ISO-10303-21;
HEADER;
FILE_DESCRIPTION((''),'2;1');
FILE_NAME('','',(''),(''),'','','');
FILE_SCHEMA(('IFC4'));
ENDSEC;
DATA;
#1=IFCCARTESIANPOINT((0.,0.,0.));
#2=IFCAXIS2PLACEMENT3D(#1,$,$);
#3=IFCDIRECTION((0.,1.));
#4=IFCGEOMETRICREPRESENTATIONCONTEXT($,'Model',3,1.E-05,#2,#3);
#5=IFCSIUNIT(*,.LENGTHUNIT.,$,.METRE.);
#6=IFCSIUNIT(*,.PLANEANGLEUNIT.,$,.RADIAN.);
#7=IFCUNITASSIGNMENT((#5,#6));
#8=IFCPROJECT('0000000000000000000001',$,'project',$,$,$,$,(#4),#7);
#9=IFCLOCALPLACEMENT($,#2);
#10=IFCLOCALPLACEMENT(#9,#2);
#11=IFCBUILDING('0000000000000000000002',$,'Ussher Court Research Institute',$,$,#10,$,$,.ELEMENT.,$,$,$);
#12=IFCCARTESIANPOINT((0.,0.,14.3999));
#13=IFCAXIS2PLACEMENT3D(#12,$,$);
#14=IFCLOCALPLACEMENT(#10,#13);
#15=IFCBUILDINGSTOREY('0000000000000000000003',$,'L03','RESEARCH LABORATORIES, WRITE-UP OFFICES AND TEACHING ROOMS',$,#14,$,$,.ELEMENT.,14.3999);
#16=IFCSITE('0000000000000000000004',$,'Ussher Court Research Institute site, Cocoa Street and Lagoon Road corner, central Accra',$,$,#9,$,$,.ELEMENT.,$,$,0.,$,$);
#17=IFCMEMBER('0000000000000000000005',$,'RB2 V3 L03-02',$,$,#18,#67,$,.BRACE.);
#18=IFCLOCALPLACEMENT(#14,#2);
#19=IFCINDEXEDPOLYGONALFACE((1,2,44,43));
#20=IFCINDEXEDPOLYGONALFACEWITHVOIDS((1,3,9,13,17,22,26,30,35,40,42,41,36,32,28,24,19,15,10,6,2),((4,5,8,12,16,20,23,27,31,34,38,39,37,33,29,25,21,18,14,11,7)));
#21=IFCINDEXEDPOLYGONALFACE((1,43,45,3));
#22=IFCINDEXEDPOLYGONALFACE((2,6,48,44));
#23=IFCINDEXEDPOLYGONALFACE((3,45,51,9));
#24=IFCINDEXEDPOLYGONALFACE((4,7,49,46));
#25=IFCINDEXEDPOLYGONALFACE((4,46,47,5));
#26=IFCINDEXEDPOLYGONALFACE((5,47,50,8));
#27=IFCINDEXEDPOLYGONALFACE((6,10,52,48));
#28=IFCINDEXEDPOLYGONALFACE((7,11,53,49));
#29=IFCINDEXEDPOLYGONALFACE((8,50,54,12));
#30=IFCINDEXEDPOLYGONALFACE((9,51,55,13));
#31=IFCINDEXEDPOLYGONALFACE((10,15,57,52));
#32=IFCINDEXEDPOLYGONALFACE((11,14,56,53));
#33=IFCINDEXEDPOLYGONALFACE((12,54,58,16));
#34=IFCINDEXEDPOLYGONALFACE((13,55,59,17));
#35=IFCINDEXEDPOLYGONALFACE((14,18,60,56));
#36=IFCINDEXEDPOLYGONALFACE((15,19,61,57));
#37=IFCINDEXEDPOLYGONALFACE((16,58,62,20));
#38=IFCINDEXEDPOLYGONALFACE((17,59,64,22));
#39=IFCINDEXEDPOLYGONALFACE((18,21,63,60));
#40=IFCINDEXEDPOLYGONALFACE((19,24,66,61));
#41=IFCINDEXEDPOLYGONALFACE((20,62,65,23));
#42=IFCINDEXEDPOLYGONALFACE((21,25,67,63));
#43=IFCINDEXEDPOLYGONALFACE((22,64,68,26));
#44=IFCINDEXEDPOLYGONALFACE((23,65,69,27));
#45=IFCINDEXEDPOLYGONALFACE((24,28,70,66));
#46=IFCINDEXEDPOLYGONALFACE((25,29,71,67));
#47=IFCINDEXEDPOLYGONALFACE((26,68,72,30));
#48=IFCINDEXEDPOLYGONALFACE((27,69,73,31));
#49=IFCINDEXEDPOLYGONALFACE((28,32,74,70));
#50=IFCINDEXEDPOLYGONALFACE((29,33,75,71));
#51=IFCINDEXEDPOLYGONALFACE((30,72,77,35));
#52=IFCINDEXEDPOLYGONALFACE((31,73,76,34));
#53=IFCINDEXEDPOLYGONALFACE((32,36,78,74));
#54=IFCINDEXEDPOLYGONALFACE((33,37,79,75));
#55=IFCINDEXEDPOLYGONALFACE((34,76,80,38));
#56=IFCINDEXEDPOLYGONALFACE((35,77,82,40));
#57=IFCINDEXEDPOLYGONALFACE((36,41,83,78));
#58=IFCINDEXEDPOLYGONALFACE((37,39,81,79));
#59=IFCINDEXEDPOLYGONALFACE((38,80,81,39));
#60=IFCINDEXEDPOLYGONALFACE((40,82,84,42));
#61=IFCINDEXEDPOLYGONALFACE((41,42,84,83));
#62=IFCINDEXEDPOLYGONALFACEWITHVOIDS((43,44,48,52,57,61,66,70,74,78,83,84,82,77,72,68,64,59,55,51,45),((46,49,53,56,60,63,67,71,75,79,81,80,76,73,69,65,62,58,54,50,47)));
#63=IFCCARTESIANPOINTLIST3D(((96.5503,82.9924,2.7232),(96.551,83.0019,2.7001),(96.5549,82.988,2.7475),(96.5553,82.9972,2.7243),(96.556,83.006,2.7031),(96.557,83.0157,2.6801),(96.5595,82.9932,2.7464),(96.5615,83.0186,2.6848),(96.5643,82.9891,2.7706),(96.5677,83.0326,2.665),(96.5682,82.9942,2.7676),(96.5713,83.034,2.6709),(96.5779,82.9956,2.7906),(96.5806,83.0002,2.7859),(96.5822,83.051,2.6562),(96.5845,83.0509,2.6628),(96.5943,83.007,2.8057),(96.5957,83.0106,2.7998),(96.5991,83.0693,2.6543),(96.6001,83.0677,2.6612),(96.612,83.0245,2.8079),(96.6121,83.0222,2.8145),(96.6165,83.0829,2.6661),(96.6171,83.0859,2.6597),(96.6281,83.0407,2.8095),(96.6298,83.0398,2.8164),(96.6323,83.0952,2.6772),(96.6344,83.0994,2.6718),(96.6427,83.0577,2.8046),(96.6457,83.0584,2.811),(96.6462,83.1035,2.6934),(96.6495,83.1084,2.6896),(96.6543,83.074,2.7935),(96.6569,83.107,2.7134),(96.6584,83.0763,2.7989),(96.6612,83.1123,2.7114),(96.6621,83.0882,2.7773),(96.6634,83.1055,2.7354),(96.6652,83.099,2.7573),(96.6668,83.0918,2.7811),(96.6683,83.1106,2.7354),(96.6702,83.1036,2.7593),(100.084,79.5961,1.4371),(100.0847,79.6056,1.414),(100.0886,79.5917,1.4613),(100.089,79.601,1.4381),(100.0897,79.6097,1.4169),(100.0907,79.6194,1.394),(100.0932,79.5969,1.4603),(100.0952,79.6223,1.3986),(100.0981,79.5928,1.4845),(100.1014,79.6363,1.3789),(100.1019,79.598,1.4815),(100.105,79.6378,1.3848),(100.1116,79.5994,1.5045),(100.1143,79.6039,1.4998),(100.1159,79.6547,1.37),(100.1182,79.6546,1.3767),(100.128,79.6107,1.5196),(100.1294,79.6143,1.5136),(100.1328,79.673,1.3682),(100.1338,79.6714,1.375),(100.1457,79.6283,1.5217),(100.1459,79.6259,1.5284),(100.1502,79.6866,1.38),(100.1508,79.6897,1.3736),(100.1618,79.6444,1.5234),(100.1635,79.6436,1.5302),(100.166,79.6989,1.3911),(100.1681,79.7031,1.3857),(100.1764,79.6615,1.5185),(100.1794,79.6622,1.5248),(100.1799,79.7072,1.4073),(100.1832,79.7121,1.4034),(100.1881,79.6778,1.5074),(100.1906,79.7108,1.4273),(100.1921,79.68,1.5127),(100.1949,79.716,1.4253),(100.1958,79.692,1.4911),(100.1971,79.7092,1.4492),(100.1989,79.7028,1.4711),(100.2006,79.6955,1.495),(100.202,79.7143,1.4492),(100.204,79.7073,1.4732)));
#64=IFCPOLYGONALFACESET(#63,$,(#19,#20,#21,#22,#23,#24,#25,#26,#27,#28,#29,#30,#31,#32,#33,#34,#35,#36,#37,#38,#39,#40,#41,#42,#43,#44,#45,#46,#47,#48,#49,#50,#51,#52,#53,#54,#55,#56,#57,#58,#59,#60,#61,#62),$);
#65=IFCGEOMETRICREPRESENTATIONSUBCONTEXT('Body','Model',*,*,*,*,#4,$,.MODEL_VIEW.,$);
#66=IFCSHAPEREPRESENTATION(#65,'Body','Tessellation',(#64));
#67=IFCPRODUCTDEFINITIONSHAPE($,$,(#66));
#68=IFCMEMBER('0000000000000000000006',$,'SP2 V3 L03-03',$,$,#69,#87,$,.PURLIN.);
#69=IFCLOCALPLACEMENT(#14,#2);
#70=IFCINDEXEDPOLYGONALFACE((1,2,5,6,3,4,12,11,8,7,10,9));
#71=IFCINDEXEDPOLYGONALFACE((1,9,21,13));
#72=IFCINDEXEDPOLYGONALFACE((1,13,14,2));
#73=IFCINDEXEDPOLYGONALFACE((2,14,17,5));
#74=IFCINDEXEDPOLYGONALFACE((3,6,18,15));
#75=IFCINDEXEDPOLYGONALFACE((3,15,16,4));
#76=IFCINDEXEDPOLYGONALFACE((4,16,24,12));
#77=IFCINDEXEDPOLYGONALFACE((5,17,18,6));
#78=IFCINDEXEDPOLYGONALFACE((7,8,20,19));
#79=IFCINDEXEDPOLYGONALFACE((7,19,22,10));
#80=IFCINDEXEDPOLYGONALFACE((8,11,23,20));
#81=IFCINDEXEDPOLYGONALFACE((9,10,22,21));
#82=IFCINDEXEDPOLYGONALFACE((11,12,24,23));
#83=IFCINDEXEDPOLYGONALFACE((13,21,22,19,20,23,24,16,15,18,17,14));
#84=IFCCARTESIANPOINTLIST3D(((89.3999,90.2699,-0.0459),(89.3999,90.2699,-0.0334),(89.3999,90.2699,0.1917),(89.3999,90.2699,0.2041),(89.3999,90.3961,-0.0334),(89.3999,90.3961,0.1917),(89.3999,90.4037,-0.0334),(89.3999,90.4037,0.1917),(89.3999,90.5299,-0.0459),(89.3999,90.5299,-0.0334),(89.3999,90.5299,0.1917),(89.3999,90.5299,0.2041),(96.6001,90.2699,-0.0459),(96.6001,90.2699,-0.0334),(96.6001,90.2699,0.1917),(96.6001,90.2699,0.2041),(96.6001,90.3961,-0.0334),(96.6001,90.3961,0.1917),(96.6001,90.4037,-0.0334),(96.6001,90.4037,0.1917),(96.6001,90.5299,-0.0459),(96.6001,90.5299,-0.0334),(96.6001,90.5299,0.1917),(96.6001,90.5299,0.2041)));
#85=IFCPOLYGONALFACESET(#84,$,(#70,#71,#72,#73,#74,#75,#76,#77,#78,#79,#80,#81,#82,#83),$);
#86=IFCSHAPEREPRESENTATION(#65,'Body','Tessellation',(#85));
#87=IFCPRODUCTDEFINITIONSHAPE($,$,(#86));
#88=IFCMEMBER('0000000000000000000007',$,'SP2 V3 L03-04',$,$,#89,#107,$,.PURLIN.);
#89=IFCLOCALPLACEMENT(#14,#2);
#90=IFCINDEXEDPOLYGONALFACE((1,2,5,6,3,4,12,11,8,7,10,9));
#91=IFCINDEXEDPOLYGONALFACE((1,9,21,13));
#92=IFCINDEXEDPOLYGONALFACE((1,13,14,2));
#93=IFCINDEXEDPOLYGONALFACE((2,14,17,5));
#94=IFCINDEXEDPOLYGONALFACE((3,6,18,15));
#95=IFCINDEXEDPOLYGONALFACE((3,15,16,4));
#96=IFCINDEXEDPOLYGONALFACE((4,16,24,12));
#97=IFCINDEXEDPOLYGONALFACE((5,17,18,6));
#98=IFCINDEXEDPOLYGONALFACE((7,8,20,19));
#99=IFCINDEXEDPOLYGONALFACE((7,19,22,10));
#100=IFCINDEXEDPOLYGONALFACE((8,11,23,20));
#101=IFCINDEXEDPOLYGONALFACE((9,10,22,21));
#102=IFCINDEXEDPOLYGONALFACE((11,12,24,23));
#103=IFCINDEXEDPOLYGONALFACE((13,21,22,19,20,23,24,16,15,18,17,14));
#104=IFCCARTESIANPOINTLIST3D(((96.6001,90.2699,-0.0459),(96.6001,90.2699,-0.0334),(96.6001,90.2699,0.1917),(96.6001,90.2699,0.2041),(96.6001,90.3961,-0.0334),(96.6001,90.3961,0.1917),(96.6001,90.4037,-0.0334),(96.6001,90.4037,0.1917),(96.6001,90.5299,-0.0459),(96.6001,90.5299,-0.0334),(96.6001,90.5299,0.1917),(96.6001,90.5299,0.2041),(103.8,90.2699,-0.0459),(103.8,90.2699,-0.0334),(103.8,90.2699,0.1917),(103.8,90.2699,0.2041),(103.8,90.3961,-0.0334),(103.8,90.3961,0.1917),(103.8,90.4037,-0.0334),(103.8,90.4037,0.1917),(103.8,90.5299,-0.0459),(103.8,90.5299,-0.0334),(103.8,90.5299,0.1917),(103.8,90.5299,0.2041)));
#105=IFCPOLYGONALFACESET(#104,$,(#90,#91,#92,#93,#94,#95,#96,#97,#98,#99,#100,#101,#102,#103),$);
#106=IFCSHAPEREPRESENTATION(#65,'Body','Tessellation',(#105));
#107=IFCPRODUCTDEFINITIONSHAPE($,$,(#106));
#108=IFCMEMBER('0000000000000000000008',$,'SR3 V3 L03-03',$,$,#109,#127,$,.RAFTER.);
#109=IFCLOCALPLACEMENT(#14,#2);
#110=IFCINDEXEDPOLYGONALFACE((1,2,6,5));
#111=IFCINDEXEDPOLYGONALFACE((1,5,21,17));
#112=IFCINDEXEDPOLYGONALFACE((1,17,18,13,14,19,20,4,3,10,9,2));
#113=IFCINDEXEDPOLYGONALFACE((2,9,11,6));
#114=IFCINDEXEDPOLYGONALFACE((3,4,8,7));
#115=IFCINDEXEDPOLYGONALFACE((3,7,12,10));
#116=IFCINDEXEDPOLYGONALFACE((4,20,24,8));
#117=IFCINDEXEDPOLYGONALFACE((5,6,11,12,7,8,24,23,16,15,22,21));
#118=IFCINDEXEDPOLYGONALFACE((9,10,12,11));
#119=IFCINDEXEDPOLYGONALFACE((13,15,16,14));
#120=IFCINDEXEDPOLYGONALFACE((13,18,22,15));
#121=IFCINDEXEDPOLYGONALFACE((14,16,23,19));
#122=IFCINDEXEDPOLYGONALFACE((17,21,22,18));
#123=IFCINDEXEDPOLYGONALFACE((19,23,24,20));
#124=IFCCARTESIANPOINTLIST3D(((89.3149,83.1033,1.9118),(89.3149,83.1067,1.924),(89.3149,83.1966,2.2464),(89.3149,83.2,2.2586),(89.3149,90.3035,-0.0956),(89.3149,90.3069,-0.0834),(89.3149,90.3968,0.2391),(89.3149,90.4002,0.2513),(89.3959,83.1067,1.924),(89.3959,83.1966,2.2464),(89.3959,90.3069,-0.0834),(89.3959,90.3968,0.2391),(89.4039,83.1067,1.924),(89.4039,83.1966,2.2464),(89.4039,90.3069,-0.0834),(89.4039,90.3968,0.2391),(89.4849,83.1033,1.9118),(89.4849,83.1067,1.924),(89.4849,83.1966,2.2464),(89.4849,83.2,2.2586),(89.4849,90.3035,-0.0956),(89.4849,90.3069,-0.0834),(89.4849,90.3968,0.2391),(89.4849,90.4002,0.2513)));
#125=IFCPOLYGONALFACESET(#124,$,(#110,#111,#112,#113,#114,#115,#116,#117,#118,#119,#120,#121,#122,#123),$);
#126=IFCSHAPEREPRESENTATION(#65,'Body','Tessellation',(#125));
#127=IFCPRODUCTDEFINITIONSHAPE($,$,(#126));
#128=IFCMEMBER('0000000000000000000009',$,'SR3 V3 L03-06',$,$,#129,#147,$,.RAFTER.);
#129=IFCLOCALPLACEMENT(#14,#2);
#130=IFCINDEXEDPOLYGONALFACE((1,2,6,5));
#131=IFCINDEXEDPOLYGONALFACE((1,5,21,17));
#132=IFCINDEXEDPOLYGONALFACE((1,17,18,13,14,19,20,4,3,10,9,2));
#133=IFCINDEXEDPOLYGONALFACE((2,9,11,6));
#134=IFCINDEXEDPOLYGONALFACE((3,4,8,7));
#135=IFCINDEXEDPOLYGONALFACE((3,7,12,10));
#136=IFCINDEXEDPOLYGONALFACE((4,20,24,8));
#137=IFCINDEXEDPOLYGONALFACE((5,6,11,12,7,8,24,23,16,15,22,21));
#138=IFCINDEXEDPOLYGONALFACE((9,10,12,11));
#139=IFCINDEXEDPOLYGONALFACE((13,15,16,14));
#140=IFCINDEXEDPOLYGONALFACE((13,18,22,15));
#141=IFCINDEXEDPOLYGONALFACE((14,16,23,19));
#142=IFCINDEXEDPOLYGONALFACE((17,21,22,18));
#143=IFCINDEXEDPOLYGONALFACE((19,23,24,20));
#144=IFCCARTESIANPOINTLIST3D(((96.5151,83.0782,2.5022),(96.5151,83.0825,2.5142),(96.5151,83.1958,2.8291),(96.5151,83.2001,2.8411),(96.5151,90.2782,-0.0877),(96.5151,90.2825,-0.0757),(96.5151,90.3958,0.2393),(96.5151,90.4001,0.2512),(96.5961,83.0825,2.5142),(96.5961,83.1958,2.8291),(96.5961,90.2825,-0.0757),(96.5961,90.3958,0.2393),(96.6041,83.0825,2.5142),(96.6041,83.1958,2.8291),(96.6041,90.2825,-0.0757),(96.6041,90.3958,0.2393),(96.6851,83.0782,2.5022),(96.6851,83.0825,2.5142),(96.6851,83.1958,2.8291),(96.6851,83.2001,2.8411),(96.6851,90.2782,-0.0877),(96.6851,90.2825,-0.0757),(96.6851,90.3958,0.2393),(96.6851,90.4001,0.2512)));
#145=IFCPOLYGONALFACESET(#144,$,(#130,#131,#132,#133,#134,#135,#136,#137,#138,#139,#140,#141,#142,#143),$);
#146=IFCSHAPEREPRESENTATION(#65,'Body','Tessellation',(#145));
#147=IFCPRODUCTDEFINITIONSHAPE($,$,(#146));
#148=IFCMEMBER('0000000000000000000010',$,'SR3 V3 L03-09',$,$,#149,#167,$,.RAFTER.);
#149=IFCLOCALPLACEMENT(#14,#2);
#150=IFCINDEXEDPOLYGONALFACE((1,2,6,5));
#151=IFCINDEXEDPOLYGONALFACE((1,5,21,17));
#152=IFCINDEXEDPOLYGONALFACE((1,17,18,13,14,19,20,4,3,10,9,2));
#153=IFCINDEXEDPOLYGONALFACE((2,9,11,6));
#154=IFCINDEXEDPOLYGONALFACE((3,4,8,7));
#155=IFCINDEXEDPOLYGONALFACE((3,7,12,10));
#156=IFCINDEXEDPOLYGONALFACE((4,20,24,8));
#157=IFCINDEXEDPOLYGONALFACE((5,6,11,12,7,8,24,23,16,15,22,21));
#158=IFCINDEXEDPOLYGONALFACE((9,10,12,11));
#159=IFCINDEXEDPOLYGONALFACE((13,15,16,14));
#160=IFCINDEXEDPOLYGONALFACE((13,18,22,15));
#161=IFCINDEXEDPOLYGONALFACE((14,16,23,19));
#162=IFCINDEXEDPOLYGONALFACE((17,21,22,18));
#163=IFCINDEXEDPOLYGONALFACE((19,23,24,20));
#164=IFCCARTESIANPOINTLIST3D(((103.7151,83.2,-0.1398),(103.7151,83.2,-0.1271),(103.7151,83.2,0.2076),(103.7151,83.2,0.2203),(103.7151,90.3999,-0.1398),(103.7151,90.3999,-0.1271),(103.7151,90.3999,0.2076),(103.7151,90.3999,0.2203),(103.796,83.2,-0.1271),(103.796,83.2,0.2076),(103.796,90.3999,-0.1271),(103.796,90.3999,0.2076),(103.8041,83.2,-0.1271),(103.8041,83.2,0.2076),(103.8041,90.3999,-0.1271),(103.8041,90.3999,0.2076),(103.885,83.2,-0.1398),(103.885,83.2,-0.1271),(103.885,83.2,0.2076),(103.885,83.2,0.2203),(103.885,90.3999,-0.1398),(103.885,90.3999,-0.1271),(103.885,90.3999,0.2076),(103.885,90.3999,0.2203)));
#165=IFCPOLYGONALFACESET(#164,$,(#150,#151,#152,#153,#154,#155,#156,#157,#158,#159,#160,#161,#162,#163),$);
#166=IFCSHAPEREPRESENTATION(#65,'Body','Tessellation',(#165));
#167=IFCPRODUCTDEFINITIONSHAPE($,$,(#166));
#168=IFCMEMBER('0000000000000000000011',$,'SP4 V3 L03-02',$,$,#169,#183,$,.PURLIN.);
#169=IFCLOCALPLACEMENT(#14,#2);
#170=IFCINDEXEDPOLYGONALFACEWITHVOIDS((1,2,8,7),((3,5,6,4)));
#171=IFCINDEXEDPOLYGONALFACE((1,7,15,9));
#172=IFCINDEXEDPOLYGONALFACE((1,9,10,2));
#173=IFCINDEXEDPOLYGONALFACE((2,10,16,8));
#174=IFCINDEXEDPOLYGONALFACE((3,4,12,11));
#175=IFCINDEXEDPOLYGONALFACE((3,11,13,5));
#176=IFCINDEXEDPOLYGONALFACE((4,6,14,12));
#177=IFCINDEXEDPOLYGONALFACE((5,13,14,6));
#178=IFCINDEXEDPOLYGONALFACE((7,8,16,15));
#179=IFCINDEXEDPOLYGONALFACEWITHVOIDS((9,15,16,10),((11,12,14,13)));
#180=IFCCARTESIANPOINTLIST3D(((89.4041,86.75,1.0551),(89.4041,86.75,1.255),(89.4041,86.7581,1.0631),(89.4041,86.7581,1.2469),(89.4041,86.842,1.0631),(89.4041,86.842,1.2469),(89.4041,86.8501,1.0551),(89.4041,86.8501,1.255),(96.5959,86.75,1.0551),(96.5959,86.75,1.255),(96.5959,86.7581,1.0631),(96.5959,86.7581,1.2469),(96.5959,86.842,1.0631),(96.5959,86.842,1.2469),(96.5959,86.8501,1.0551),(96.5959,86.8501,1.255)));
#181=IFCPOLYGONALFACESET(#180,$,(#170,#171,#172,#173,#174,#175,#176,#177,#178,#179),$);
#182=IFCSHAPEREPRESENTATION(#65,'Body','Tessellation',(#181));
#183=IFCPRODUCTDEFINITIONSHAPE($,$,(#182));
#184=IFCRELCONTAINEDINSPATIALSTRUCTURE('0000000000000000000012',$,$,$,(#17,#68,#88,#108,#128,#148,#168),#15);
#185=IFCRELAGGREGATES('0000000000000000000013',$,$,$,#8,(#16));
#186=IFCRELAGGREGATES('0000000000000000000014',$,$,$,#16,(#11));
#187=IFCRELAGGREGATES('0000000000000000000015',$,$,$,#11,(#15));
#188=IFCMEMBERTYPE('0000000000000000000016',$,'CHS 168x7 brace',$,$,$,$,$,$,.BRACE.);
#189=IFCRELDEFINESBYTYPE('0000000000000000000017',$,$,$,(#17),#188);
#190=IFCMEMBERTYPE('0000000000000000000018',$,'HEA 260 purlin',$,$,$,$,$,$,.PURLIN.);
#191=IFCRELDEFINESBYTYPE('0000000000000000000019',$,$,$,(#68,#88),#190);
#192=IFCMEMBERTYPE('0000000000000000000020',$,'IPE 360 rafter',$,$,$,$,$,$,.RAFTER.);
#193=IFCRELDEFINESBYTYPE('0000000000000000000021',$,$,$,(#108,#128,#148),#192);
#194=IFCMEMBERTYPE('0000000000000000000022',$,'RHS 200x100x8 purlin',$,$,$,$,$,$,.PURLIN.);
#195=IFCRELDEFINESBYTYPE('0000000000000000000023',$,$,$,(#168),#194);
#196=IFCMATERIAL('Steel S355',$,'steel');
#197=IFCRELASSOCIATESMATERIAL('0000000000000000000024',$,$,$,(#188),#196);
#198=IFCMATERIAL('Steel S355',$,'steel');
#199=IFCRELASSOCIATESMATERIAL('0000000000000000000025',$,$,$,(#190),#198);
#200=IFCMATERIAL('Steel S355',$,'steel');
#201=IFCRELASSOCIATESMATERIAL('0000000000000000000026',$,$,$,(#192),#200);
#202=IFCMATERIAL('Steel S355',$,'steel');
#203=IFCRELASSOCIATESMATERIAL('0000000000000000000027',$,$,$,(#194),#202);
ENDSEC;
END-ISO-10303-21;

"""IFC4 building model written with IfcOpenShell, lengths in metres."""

from ifc_helpers import new_model, si_unit, direction, frame, origin, origin_2d, place, context, subcontext, project, spatial, hollow_rectangle, hollow_circle, i_section, extrude, material, material_profile, profile_set, type_object, element, save


model = new_model("IFC4")

# Units and contexts
model_context = context("Model", 3, precision=1e-05, world=origin(), true_north=direction((0.0, 1.0)))
body_context = subcontext(model_context, "Body", "Model", "MODEL_VIEW")
ifc_project = project(units=[si_unit("LENGTHUNIT", "METRE"), si_unit("PLANEANGLEUNIT", "RADIAN")], contexts=[model_context])

# Site, building, storey
site_placement = place(None, origin())
site = spatial("IfcSite", under=ifc_project, at=site_placement, Name="Ussher Court Research Institute site, Cocoa Street and Lagoon Road corner, central Accra", CompositionType="ELEMENT", RefElevation=0.0)
building_placement = place(site_placement, origin())
building = spatial("IfcBuilding", under=site, at=building_placement, Name="Ussher Court Research Institute", CompositionType="ELEMENT")
storey_placement = place(building_placement, frame((0.0, 0.0, 14.3999)))
storey = spatial("IfcBuildingStorey", under=building, at=storey_placement, Name="L03", Description="RESEARCH LABORATORIES, WRITE-UP OFFICES AND TEACHING ROOMS", CompositionType="ELEMENT", Elevation=14.3999)

# Members
ifc_material_1 = material(Name="Steel S355", Category="steel")
ifc_material_profile_1 = material_profile(ifc_material_1, hollow_circle(Radius=0.084, WallThickness=0.0071, at=origin_2d()), Name="CHS 168x7")
ifc_profile_set_1 = profile_set([ifc_material_profile_1], Name="Steel S355")
member_type_1 = type_object("IfcMemberType", Name="CHS 168x7 brace", PredefinedType="BRACE", material=ifc_profile_set_1)
member_1_placement = place(storey_placement, frame((96.6101, 83.05, 2.7354), z_axis=(0.697379, -0.670252, -0.25382), x_axis=(0.692945, 0.72099, 0.0)))
element("IfcMember", 1, at=member_1_placement, inside=storey, type_object=member_type_1, Name="RB2 V3 L03-02", PredefinedType="BRACE", context=body_context, shape_type="SweptSolid", body=[
    extrude(hollow_circle(Radius=0.084, WallThickness=0.0071, at=origin_2d()), origin(), (0.0, 0.0, 1.0), 5.0671),
])
ifc_material_2 = material(Name="Steel S355", Category="steel")
ifc_material_profile_2 = material_profile(ifc_material_2, i_section(OverallWidth=0.26, OverallDepth=0.25, WebThickness=0.0076, FlangeThickness=0.0125, at=origin_2d()), Name="HEA 260")
ifc_profile_set_2 = profile_set([ifc_material_profile_2], Name="Steel S355")
member_type_2 = type_object("IfcMemberType", Name="HEA 260 purlin", PredefinedType="PURLIN", material=ifc_profile_set_2)
member_2_placement = place(storey_placement, frame((89.3999, 90.3999, 0.0791), z_axis=(1.0, 0.0, 0.0), x_axis=(0.0, 1.0, 0.0)))
element("IfcMember", 2, at=member_2_placement, inside=storey, type_object=member_type_2, Name="SP2 V3 L03-03", PredefinedType="PURLIN", context=body_context, shape_type="SweptSolid", body=[
    extrude(i_section(OverallWidth=0.26, OverallDepth=0.25, WebThickness=0.0076, FlangeThickness=0.0125, at=origin_2d()), origin(), (0.0, 0.0, 1.0), 7.2002),
])
member_3_placement = place(storey_placement, frame((96.6001, 90.3999, 0.0791), z_axis=(1.0, 0.0, 0.0), x_axis=(0.0, 1.0, 0.0)))
element("IfcMember", 3, at=member_3_placement, inside=storey, type_object=member_type_2, Name="SP2 V3 L03-04", PredefinedType="PURLIN", context=body_context, shape_type="SweptSolid", body=[
    extrude(i_section(OverallWidth=0.26, OverallDepth=0.25, WebThickness=0.0076, FlangeThickness=0.0125, at=origin_2d()), origin(), (0.0, 0.0, 1.0), 7.2),
])
ifc_material_3 = material(Name="Steel S355", Category="steel")
ifc_material_profile_3 = material_profile(ifc_material_3, i_section(OverallWidth=0.1699, OverallDepth=0.3601, WebThickness=0.0081, FlangeThickness=0.0127, at=origin_2d()), Name="IPE 360")
ifc_profile_set_3 = profile_set([ifc_material_profile_3], Name="Steel S355")
member_type_3 = type_object("IfcMemberType", Name="IPE 360 rafter", PredefinedType="RAFTER", material=ifc_profile_set_3)
member_4_placement = place(storey_placement, frame((89.3999, 83.1516, 2.0852), z_axis=(0.0, 0.963267, -0.268547), x_axis=(-1.0, 0.0, 0.0)))
element("IfcMember", 4, at=member_4_placement, inside=storey, type_object=member_type_3, Name="SR3 V3 L03-03", PredefinedType="RAFTER", context=body_context, shape_type="SweptSolid", body=[
    extrude(i_section(OverallWidth=0.1699, OverallDepth=0.3601, WebThickness=0.0081, FlangeThickness=0.0127, at=origin_2d()), origin(), (0.0, 0.0, 1.0), 7.4749),
])
member_5_placement = place(storey_placement, frame((96.6001, 83.1392, 2.6716), z_axis=(0.0, 0.940976, -0.338472), x_axis=(-1.0, 0.0, 0.0)))
element("IfcMember", 5, at=member_5_placement, inside=storey, type_object=member_type_3, Name="SR3 V3 L03-06", PredefinedType="RAFTER", context=body_context, shape_type="SweptSolid", body=[
    extrude(i_section(OverallWidth=0.1699, OverallDepth=0.3601, WebThickness=0.0081, FlangeThickness=0.0127, at=origin_2d()), origin(), (0.0, 0.0, 1.0), 7.6516),
])
member_6_placement = place(storey_placement, frame((103.8, 83.2, 0.0403), z_axis=(0.0, 1.0, 0.0), x_axis=(-1.0, 0.0, 0.0)))
element("IfcMember", 6, at=member_6_placement, inside=storey, type_object=member_type_3, Name="SR3 V3 L03-09", PredefinedType="RAFTER", context=body_context, shape_type="SweptSolid", body=[
    extrude(i_section(OverallWidth=0.1699, OverallDepth=0.3601, WebThickness=0.0081, FlangeThickness=0.0127, at=origin_2d()), origin(), (0.0, 0.0, 1.0), 7.2),
])
ifc_material_4 = material(Name="Steel S355", Category="steel")
ifc_material_profile_4 = material_profile(ifc_material_4, hollow_rectangle(XDim=0.1001, YDim=0.2, WallThickness=0.0081, at=origin_2d()), Name="RHS 200x100x8")
ifc_profile_set_4 = profile_set([ifc_material_profile_4], Name="Steel S355")
member_type_4 = type_object("IfcMemberType", Name="RHS 200x100x8 purlin", PredefinedType="PURLIN", material=ifc_profile_set_4)
member_7_placement = place(storey_placement, frame((89.4041, 86.8, 1.155), z_axis=(1.0, 0.0, 0.0), x_axis=(0.0, 1.0, 0.0)))
element("IfcMember", 7, at=member_7_placement, inside=storey, type_object=member_type_4, Name="SP4 V3 L03-02", PredefinedType="PURLIN", context=body_context, shape_type="SweptSolid", body=[
    extrude(hollow_rectangle(XDim=0.1001, YDim=0.2, WallThickness=0.0081, at=origin_2d()), origin(), (0.0, 0.0, 1.0), 7.1919),
])

save(model, "model.ifc")
